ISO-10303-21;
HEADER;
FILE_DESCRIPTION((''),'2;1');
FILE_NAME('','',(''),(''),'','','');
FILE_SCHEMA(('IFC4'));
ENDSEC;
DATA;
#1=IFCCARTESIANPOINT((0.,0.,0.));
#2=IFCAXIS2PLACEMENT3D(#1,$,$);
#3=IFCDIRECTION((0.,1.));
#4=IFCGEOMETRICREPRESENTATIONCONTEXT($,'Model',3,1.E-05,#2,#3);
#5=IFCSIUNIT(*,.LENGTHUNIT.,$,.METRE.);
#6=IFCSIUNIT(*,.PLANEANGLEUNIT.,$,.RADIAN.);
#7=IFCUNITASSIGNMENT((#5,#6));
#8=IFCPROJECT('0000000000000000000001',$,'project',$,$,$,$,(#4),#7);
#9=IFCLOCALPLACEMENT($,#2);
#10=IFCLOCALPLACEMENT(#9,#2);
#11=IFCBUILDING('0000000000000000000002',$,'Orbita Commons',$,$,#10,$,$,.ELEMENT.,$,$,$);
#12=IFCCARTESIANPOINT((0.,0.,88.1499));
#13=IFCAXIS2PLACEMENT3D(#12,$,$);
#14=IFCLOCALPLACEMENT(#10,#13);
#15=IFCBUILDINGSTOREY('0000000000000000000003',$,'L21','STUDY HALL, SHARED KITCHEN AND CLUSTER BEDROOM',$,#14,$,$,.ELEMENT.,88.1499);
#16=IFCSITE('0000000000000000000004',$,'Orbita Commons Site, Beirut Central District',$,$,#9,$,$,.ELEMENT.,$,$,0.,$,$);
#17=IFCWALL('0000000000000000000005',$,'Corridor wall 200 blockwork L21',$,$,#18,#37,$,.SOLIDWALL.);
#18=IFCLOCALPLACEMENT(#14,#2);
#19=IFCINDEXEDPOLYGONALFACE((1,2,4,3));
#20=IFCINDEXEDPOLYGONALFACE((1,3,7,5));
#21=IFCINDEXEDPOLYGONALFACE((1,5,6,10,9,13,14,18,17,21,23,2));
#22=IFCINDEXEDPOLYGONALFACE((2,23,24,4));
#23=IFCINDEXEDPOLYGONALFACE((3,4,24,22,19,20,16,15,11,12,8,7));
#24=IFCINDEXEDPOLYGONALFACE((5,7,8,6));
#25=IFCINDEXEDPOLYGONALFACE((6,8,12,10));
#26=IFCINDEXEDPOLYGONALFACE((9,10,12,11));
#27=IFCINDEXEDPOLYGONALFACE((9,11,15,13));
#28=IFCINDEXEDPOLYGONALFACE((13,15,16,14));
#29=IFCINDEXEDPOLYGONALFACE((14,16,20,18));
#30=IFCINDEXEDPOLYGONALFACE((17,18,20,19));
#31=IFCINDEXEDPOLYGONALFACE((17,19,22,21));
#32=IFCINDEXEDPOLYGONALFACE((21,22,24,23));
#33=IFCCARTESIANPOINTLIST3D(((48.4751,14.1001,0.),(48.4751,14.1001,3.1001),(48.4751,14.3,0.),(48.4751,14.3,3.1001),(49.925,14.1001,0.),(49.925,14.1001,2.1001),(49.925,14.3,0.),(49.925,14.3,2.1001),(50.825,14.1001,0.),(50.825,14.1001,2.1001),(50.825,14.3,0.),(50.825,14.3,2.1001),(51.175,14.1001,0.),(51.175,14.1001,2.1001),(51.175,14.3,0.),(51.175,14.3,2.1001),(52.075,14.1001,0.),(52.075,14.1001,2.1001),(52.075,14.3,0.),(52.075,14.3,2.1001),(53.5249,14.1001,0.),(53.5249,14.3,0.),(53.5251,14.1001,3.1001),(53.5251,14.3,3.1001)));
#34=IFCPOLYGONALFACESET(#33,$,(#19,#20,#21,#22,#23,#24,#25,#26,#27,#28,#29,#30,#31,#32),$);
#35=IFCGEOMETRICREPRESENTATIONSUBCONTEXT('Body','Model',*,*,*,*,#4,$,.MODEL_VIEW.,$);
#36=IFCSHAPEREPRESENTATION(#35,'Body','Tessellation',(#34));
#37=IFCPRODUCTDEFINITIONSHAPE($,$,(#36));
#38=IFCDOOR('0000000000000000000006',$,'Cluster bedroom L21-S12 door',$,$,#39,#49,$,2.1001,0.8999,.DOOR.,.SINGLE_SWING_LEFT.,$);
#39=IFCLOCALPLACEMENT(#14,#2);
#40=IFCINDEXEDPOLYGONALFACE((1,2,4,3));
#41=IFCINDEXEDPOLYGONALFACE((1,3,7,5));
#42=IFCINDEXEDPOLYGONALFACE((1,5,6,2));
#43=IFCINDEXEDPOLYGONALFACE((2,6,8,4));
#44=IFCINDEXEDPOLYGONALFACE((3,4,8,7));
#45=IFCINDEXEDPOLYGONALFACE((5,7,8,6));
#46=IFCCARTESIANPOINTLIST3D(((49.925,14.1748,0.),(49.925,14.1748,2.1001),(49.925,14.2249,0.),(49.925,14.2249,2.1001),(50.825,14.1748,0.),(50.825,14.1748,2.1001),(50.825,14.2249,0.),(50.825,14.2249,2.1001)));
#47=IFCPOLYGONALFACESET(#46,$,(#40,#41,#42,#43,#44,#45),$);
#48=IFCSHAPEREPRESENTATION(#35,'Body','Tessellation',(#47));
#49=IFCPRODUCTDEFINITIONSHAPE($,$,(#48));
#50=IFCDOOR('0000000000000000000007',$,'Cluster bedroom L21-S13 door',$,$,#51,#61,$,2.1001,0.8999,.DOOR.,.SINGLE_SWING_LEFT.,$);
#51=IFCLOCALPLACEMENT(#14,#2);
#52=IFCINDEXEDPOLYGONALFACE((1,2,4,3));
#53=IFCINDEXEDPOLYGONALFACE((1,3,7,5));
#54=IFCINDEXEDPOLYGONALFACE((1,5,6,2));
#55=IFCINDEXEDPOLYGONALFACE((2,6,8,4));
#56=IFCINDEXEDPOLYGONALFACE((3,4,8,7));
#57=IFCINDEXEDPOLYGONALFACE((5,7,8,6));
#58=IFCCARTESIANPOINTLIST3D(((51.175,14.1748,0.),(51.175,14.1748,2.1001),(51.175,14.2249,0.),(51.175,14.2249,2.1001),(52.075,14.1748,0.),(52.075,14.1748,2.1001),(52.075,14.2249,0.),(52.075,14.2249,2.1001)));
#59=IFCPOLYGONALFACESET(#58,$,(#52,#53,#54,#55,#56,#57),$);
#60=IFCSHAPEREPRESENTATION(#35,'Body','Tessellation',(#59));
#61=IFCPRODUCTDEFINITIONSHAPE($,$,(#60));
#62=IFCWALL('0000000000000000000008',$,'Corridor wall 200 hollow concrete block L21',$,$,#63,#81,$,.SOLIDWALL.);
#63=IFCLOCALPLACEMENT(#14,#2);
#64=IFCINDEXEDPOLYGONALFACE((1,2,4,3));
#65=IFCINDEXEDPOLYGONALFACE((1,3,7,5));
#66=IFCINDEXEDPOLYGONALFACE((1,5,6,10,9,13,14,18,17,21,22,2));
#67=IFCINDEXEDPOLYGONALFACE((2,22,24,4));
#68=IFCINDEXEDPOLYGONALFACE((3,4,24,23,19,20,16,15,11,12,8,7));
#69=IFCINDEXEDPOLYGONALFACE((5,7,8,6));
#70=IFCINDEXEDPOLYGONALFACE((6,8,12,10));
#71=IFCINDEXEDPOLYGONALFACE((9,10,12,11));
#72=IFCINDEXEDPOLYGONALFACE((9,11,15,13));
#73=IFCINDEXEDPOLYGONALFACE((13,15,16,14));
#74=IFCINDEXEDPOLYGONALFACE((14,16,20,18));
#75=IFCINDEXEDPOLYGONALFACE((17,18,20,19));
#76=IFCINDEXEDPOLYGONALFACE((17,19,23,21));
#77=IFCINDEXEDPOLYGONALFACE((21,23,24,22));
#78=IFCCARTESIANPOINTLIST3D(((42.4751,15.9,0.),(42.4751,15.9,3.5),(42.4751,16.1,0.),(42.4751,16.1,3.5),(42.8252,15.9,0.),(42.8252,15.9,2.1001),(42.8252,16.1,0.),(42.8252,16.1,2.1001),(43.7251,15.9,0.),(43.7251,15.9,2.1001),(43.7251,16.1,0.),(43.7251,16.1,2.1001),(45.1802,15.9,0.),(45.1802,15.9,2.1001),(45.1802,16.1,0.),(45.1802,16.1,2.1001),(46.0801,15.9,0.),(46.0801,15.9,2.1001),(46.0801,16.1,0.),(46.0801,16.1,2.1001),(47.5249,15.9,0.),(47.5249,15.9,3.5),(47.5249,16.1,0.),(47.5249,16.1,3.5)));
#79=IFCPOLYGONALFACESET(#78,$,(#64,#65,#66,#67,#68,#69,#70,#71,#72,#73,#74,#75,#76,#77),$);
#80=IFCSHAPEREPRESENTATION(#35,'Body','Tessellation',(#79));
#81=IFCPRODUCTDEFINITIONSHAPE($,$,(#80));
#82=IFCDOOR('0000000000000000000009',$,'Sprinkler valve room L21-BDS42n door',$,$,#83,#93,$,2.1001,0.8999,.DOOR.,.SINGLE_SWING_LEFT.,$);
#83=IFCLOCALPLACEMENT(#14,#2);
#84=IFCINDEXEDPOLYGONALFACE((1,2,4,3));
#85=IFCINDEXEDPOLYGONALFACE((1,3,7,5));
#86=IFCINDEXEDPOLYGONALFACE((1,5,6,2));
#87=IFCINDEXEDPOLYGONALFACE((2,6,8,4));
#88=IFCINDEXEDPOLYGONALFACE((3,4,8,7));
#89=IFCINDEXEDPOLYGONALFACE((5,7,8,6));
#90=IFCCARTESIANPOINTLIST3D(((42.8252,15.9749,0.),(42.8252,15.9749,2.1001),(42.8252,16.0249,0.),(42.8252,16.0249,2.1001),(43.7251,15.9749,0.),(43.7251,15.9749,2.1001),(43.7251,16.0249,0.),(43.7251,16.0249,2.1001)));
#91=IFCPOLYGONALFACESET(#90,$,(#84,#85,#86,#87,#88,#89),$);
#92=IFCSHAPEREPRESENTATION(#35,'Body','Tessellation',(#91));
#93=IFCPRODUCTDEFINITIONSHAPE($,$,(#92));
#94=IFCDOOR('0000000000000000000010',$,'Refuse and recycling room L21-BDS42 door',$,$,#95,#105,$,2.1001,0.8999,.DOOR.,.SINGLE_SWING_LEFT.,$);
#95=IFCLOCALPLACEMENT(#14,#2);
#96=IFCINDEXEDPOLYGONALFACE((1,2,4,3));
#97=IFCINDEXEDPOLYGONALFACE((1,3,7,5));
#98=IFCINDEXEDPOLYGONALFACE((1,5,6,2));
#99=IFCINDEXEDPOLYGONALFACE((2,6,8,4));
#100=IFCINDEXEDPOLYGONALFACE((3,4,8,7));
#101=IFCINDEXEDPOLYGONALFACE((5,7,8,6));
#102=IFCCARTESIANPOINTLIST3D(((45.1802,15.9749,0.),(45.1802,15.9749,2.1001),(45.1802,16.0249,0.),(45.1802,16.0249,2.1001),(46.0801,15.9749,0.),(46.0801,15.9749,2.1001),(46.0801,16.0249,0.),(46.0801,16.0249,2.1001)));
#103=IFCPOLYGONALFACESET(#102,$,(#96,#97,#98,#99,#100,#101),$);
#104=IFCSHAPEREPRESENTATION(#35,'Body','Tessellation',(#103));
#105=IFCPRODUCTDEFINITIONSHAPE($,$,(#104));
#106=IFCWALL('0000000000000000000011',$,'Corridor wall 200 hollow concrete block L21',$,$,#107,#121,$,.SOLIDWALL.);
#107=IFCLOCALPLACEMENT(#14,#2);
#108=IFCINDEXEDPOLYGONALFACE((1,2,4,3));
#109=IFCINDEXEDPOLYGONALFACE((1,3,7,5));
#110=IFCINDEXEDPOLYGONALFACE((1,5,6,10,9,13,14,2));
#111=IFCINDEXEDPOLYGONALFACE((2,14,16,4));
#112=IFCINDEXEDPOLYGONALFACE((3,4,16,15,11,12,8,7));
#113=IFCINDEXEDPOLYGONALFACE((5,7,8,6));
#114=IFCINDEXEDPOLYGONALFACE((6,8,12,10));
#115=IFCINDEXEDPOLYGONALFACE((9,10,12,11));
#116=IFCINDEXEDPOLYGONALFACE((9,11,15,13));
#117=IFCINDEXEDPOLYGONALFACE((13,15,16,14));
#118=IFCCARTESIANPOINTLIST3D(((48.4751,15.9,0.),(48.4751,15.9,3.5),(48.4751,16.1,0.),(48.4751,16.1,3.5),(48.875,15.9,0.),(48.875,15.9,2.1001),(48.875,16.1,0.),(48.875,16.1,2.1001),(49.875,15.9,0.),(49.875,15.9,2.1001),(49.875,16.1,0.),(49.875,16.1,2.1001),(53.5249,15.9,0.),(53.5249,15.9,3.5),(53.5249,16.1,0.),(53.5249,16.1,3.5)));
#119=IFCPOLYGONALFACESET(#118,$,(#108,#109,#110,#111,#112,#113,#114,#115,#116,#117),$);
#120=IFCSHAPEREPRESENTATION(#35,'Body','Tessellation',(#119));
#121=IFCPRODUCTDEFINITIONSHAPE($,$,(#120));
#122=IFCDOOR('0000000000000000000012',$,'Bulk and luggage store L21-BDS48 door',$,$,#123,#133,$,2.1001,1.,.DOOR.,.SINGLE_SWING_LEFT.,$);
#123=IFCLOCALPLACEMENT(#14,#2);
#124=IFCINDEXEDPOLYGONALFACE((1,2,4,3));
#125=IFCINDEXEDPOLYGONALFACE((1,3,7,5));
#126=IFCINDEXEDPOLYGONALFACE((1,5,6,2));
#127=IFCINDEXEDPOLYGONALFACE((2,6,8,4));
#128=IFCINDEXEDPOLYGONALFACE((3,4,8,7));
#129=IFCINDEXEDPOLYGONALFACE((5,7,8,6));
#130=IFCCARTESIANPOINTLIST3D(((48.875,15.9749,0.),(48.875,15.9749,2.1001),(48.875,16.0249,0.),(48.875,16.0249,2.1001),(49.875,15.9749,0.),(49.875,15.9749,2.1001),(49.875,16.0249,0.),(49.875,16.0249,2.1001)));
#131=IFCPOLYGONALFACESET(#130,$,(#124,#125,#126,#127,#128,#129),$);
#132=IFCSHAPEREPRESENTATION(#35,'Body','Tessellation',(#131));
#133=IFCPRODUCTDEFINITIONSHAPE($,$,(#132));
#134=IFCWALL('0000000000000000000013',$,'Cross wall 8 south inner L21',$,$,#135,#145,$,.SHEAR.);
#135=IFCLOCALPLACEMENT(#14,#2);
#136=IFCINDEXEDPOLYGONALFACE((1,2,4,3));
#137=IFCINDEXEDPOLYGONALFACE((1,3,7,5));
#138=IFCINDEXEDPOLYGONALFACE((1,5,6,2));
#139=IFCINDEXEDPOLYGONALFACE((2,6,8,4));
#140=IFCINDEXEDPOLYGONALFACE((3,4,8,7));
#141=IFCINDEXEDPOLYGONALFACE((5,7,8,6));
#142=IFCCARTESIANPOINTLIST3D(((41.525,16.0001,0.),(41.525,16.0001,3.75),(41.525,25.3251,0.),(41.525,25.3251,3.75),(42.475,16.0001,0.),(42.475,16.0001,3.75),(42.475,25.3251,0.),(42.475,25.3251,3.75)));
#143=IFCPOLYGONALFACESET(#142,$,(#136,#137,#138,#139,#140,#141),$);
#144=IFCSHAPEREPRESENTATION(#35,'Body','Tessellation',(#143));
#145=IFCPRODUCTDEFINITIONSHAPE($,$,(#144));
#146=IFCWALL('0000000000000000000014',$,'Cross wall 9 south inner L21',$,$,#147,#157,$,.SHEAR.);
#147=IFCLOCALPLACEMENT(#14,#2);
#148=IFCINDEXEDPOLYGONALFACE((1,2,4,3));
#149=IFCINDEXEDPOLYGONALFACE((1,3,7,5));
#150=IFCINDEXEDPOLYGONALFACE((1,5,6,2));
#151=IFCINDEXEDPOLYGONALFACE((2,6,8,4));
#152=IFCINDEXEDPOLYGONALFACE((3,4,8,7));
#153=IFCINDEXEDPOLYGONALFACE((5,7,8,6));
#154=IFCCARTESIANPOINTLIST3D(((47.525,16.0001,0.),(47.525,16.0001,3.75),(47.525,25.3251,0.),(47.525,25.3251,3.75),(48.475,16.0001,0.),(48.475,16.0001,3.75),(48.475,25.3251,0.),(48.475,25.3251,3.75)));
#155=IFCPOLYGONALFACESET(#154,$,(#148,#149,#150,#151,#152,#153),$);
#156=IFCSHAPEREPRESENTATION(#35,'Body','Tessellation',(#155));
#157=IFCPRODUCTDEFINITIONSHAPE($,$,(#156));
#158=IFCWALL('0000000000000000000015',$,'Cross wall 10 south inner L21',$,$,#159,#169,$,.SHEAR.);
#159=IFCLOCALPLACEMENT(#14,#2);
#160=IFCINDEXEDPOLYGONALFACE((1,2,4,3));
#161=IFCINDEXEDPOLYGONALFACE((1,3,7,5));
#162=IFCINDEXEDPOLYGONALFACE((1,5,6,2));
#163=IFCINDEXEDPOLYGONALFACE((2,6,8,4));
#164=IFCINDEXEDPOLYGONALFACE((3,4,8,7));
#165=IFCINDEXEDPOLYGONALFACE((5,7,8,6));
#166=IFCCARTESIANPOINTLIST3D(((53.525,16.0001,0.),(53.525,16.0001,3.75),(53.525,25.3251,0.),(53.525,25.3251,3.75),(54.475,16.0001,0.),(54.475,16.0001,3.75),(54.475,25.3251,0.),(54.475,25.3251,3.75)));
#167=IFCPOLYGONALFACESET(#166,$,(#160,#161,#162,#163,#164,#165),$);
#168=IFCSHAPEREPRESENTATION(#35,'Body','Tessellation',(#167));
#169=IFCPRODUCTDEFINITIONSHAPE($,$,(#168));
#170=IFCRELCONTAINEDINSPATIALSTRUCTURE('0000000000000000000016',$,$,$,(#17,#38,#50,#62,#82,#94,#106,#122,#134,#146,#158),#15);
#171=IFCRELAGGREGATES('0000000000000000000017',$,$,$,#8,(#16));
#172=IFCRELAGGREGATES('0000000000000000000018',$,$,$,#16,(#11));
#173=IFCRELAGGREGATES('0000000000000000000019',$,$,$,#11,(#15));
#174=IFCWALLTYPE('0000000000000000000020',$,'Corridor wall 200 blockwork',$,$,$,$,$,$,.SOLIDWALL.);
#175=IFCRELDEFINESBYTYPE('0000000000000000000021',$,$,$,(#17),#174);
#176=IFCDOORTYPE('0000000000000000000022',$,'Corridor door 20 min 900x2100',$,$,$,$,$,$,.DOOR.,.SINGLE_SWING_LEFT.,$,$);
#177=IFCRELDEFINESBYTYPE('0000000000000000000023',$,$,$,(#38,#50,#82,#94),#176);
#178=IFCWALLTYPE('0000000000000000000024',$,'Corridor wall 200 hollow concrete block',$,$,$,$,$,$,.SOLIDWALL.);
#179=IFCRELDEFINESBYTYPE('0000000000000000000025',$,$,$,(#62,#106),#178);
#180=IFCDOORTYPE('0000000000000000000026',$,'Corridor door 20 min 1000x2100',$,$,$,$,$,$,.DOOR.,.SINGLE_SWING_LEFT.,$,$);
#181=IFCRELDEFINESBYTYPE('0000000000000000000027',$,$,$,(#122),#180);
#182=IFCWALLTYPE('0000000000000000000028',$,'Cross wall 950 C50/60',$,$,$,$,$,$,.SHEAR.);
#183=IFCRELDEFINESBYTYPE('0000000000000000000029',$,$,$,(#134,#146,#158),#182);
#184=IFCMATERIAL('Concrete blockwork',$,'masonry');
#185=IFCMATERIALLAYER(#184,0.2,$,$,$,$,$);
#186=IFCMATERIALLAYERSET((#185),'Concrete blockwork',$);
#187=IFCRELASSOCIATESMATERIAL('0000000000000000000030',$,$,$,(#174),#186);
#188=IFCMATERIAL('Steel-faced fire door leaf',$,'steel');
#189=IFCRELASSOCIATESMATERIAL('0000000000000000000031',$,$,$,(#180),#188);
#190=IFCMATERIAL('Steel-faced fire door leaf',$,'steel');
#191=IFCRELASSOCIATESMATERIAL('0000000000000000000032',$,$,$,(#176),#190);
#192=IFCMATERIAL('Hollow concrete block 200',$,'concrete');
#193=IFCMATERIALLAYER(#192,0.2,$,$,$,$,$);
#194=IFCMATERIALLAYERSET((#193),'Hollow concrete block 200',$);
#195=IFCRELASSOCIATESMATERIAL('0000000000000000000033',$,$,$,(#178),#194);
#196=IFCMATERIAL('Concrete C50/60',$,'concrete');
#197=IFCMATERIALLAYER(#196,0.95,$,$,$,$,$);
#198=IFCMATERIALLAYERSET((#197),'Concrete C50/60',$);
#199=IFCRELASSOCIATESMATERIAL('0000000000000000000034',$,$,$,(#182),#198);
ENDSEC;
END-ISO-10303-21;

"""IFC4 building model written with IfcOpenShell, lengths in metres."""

from ifc_helpers import new_model, si_unit, direction, frame, frame_2d, origin, place, context, subcontext, project, spatial, polyline, rectangle, outline, extrude, material, layer, layer_set, type_object, element, fill, save


model = new_model("IFC4")

# Units and contexts
model_context = context("Model", 3, precision=1e-05, world=origin(), true_north=direction((0.0, 1.0)))
body_context = subcontext(model_context, "Body", "Model", "MODEL_VIEW")
ifc_project = project(units=[si_unit("LENGTHUNIT", "METRE"), si_unit("PLANEANGLEUNIT", "RADIAN")], contexts=[model_context])

# Site, building, storey
site_placement = place(None, origin())
site = spatial("IfcSite", under=ifc_project, at=site_placement, Name="Orbita Commons Site, Beirut Central District", CompositionType="ELEMENT", RefElevation=0.0)
building_placement = place(site_placement, origin())
building = spatial("IfcBuilding", under=site, at=building_placement, Name="Orbita Commons", CompositionType="ELEMENT")
storey_placement = place(building_placement, frame((0.0, 0.0, 88.1499)))
storey = spatial("IfcBuildingStorey", under=building, at=storey_placement, Name="L21", Description="STUDY HALL, SHARED KITCHEN AND CLUSTER BEDROOM", CompositionType="ELEMENT", Elevation=88.1499)

# Shared definitions
ifc_material_1 = material(Name="Concrete blockwork", Category="masonry")
ifc_layer_1 = layer(ifc_material_1, 0.2)
ifc_layer_set_1 = layer_set([ifc_layer_1], Name="Concrete blockwork")
wall_type_1 = type_object("IfcWallType", Name="Corridor wall 200 blockwork", PredefinedType="SOLIDWALL", material=ifc_layer_set_1)
ifc_material_2 = material(Name="Steel-faced fire door leaf", Category="steel")
door_type_1 = type_object("IfcDoorType", Name="Corridor door 20 min 1000x2100", OperationType="SINGLE_SWING_LEFT", PredefinedType="DOOR", material=ifc_material_2)

# Walls, openings, doors
wall_1_placement = place(storey_placement, frame((48.4751, 14.2, 0.0), z_axis=(0.0, 0.0, 1.0), x_axis=(1.0, 0.0, 0.0)))
wall_1 = element("IfcWall", 1, at=wall_1_placement, inside=storey, type_object=wall_type_1, Name="Corridor wall 200 blockwork L21", PredefinedType="SOLIDWALL", context=body_context, shape_type="SweptSolid", body=[
    extrude(outline(polyline([(0.0, 0.0), (5.0498, 0.0), (5.05, 3.1001), (0.0, 3.1001), (0.0, 0.0)])), frame((0.0, 0.1001, 0.0), z_axis=(0.0, -1.0, 0.0), x_axis=(1.0, 0.0, 0.0)), (0.0, 0.0, 1.0), 0.2),
])
opening_1_placement = place(wall_1_placement, frame((1.45, 0.0, 0.0)))
opening_1 = element("IfcOpeningElement", 2, at=opening_1_placement, cuts=wall_1, PredefinedType="OPENING", context=body_context, shape_type="SweptSolid", body=[
    extrude(rectangle(XDim=0.8999, YDim=2.1001, at=frame_2d((0.45, 1.05))), frame((0.0, 0.1099, 0.0), z_axis=(0.0, -1.0, 0.0), x_axis=(1.0, 0.0, 0.0)), (0.0, 0.0, 1.0), 0.22),
])
opening_2_placement = place(wall_1_placement, frame((2.7, 0.0, 0.0)))
opening_2 = element("IfcOpeningElement", 3, at=opening_2_placement, cuts=wall_1, PredefinedType="OPENING", context=body_context, shape_type="SweptSolid", body=[
    extrude(rectangle(XDim=0.8999, YDim=2.1001, at=frame_2d((0.45, 1.05))), frame((0.0, 0.1099, 0.0), z_axis=(0.0, -1.0, 0.0), x_axis=(1.0, 0.0, 0.0)), (0.0, 0.0, 1.0), 0.22),
])
ifc_material_3 = material(Name="Steel-faced fire door leaf", Category="steel")
door_type_2 = type_object("IfcDoorType", Name="Corridor door 20 min 900x2100", OperationType="SINGLE_SWING_LEFT", PredefinedType="DOOR", material=ifc_material_3)
door_1_placement = place(opening_1_placement, origin())
door_1 = element("IfcDoor", 4, at=door_1_placement, inside=storey, type_object=door_type_2, Name="Cluster bedroom L21-S12 door", OperationType="SINGLE_SWING_LEFT", OverallHeight=2.1001, OverallWidth=0.8999, PredefinedType="DOOR", context=body_context, shape_type="SweptSolid", body=[
    extrude(rectangle(XDim=0.8999, YDim=2.1001, at=frame_2d((0.45, 1.05))), frame((0.0, 0.0249, 0.0), z_axis=(0.0, -1.0, 0.0), x_axis=(1.0, 0.0, 0.0)), (0.0, 0.0, 1.0), 0.05),
])
fill(opening_1, door_1)
door_2_placement = place(opening_2_placement, origin())
door_2 = element("IfcDoor", 5, at=door_2_placement, inside=storey, type_object=door_type_2, Name="Cluster bedroom L21-S13 door", OperationType="SINGLE_SWING_LEFT", OverallHeight=2.1001, OverallWidth=0.8999, PredefinedType="DOOR", context=body_context, shape_type="SweptSolid", body=[
    extrude(rectangle(XDim=0.8999, YDim=2.1001, at=frame_2d((0.45, 1.05))), frame((0.0, 0.0249, 0.0), z_axis=(0.0, -1.0, 0.0), x_axis=(1.0, 0.0, 0.0)), (0.0, 0.0, 1.0), 0.05),
])
fill(opening_2, door_2)
ifc_material_4 = material(Name="Hollow concrete block 200", Category="concrete")
ifc_layer_2 = layer(ifc_material_4, 0.2)
ifc_layer_set_2 = layer_set([ifc_layer_2], Name="Hollow concrete block 200")
wall_type_2 = type_object("IfcWallType", Name="Corridor wall 200 hollow concrete block", PredefinedType="SOLIDWALL", material=ifc_layer_set_2)
wall_2_placement = place(storey_placement, frame((42.4751, 16.0, 0.0), z_axis=(0.0, 0.0, 1.0), x_axis=(1.0, 0.0, 0.0)))
wall_2 = element("IfcWall", 6, at=wall_2_placement, inside=storey, type_object=wall_type_2, Name="Corridor wall 200 hollow concrete block L21", PredefinedType="SOLIDWALL", context=body_context, shape_type="SweptSolid", body=[
    extrude(rectangle(XDim=5.0498, YDim=0.2, at=frame_2d((2.5249, 0.0))), origin(), (0.0, 0.0, 1.0), 3.5),
])
opening_3_placement = place(wall_2_placement, frame((0.3501, 0.0, 0.0)))
opening_3 = element("IfcOpeningElement", 7, at=opening_3_placement, cuts=wall_2, PredefinedType="OPENING", context=body_context, shape_type="SweptSolid", body=[
    extrude(rectangle(XDim=0.8999, YDim=2.1001, at=frame_2d((0.45, 1.05))), frame((0.0, 0.1099, 0.0), z_axis=(0.0, -1.0, 0.0), x_axis=(1.0, 0.0, 0.0)), (0.0, 0.0, 1.0), 0.22),
])
opening_4_placement = place(wall_2_placement, frame((2.7051, 0.0, 0.0)))
opening_4 = element("IfcOpeningElement", 8, at=opening_4_placement, cuts=wall_2, PredefinedType="OPENING", context=body_context, shape_type="SweptSolid", body=[
    extrude(rectangle(XDim=0.8999, YDim=2.1001, at=frame_2d((0.45, 1.05))), frame((0.0, 0.1099, 0.0), z_axis=(0.0, -1.0, 0.0), x_axis=(1.0, 0.0, 0.0)), (0.0, 0.0, 1.0), 0.22),
])
door_3_placement = place(opening_3_placement, origin())
door_3 = element("IfcDoor", 9, at=door_3_placement, inside=storey, type_object=door_type_2, Name="Sprinkler valve room L21-BDS42n door", OperationType="SINGLE_SWING_LEFT", OverallHeight=2.1001, OverallWidth=0.8999, PredefinedType="DOOR", context=body_context, shape_type="SweptSolid", body=[
    extrude(rectangle(XDim=0.8999, YDim=2.1001, at=frame_2d((0.45, 1.05))), frame((0.0, 0.0249, 0.0), z_axis=(0.0, -1.0, 0.0), x_axis=(1.0, 0.0, 0.0)), (0.0, 0.0, 1.0), 0.05),
])
fill(opening_3, door_3)
door_4_placement = place(opening_4_placement, origin())
door_4 = element("IfcDoor", 10, at=door_4_placement, inside=storey, type_object=door_type_2, Name="Refuse and recycling room L21-BDS42 door", OperationType="SINGLE_SWING_LEFT", OverallHeight=2.1001, OverallWidth=0.8999, PredefinedType="DOOR", context=body_context, shape_type="SweptSolid", body=[
    extrude(rectangle(XDim=0.8999, YDim=2.1001, at=frame_2d((0.45, 1.05))), frame((0.0, 0.0249, 0.0), z_axis=(0.0, -1.0, 0.0), x_axis=(1.0, 0.0, 0.0)), (0.0, 0.0, 1.0), 0.05),
])
fill(opening_4, door_4)

# Wall, opening, door
wall_3_placement = place(storey_placement, frame((48.4751, 16.0, 0.0), z_axis=(0.0, 0.0, 1.0), x_axis=(1.0, 0.0, 0.0)))
wall_3 = element("IfcWall", 11, at=wall_3_placement, inside=storey, type_object=wall_type_2, Name="Corridor wall 200 hollow concrete block L21", PredefinedType="SOLIDWALL", context=body_context, shape_type="SweptSolid", body=[
    extrude(rectangle(XDim=5.0498, YDim=0.2, at=frame_2d((2.5249, 0.0))), origin(), (0.0, 0.0, 1.0), 3.5),
])
opening_5_placement = place(wall_3_placement, frame((0.3999, 0.0, 0.0)))
opening_5 = element("IfcOpeningElement", 12, at=opening_5_placement, cuts=wall_3, PredefinedType="OPENING", context=body_context, shape_type="SweptSolid", body=[
    extrude(rectangle(XDim=1.0, YDim=2.1001, at=frame_2d((0.5, 1.05))), frame((0.0, 0.1099, 0.0), z_axis=(0.0, -1.0, 0.0), x_axis=(1.0, 0.0, 0.0)), (0.0, 0.0, 1.0), 0.22),
])
door_5_placement = place(opening_5_placement, origin())
door_5 = element("IfcDoor", 13, at=door_5_placement, inside=storey, type_object=door_type_1, Name="Bulk and luggage store L21-BDS48 door", OperationType="SINGLE_SWING_LEFT", OverallHeight=2.1001, OverallWidth=1.0, PredefinedType="DOOR", context=body_context, shape_type="SweptSolid", body=[
    extrude(rectangle(XDim=1.0, YDim=2.1001, at=frame_2d((0.5, 1.05))), frame((0.0, 0.0249, 0.0), z_axis=(0.0, -1.0, 0.0), x_axis=(1.0, 0.0, 0.0)), (0.0, 0.0, 1.0), 0.05),
])
fill(opening_5, door_5)

# Walls
ifc_material_5 = material(Name="Concrete C50/60", Category="concrete")
ifc_layer_3 = layer(ifc_material_5, 0.95)
ifc_layer_set_3 = layer_set([ifc_layer_3], Name="Concrete C50/60")
wall_type_3 = type_object("IfcWallType", Name="Cross wall 950 C50/60", PredefinedType="SHEAR", material=ifc_layer_set_3)
for number, where, z_axis, x_axis, name in (
    (14, (42.0, 16.0, 0.0), (0.0, 0.0, 1.0), (0.0, 1.0, 0.0), "Cross wall 8 south inner L21"),
    (15, (48.0, 16.0, 0.0), (0.0, 0.0, 1.0), (0.0, 1.0, 0.0), "Cross wall 9 south inner L21"),
    (16, (54.0, 16.0, 0.0), (0.0, 0.0, 1.0), (0.0, 1.0, 0.0), "Cross wall 10 south inner L21"),
):
    element("IfcWall", number, at=place(storey_placement, frame(where, z_axis=z_axis, x_axis=x_axis)), inside=storey, type_object=wall_type_3, Name=name, PredefinedType="SHEAR", context=body_context, shape_type="SweptSolid", body=[
        extrude(rectangle(XDim=9.325, YDim=0.95, at=frame_2d((4.6626, 0.0))), origin(), (0.0, 0.0, 1.0), 3.75),
    ])

save(model, "model.ifc")
